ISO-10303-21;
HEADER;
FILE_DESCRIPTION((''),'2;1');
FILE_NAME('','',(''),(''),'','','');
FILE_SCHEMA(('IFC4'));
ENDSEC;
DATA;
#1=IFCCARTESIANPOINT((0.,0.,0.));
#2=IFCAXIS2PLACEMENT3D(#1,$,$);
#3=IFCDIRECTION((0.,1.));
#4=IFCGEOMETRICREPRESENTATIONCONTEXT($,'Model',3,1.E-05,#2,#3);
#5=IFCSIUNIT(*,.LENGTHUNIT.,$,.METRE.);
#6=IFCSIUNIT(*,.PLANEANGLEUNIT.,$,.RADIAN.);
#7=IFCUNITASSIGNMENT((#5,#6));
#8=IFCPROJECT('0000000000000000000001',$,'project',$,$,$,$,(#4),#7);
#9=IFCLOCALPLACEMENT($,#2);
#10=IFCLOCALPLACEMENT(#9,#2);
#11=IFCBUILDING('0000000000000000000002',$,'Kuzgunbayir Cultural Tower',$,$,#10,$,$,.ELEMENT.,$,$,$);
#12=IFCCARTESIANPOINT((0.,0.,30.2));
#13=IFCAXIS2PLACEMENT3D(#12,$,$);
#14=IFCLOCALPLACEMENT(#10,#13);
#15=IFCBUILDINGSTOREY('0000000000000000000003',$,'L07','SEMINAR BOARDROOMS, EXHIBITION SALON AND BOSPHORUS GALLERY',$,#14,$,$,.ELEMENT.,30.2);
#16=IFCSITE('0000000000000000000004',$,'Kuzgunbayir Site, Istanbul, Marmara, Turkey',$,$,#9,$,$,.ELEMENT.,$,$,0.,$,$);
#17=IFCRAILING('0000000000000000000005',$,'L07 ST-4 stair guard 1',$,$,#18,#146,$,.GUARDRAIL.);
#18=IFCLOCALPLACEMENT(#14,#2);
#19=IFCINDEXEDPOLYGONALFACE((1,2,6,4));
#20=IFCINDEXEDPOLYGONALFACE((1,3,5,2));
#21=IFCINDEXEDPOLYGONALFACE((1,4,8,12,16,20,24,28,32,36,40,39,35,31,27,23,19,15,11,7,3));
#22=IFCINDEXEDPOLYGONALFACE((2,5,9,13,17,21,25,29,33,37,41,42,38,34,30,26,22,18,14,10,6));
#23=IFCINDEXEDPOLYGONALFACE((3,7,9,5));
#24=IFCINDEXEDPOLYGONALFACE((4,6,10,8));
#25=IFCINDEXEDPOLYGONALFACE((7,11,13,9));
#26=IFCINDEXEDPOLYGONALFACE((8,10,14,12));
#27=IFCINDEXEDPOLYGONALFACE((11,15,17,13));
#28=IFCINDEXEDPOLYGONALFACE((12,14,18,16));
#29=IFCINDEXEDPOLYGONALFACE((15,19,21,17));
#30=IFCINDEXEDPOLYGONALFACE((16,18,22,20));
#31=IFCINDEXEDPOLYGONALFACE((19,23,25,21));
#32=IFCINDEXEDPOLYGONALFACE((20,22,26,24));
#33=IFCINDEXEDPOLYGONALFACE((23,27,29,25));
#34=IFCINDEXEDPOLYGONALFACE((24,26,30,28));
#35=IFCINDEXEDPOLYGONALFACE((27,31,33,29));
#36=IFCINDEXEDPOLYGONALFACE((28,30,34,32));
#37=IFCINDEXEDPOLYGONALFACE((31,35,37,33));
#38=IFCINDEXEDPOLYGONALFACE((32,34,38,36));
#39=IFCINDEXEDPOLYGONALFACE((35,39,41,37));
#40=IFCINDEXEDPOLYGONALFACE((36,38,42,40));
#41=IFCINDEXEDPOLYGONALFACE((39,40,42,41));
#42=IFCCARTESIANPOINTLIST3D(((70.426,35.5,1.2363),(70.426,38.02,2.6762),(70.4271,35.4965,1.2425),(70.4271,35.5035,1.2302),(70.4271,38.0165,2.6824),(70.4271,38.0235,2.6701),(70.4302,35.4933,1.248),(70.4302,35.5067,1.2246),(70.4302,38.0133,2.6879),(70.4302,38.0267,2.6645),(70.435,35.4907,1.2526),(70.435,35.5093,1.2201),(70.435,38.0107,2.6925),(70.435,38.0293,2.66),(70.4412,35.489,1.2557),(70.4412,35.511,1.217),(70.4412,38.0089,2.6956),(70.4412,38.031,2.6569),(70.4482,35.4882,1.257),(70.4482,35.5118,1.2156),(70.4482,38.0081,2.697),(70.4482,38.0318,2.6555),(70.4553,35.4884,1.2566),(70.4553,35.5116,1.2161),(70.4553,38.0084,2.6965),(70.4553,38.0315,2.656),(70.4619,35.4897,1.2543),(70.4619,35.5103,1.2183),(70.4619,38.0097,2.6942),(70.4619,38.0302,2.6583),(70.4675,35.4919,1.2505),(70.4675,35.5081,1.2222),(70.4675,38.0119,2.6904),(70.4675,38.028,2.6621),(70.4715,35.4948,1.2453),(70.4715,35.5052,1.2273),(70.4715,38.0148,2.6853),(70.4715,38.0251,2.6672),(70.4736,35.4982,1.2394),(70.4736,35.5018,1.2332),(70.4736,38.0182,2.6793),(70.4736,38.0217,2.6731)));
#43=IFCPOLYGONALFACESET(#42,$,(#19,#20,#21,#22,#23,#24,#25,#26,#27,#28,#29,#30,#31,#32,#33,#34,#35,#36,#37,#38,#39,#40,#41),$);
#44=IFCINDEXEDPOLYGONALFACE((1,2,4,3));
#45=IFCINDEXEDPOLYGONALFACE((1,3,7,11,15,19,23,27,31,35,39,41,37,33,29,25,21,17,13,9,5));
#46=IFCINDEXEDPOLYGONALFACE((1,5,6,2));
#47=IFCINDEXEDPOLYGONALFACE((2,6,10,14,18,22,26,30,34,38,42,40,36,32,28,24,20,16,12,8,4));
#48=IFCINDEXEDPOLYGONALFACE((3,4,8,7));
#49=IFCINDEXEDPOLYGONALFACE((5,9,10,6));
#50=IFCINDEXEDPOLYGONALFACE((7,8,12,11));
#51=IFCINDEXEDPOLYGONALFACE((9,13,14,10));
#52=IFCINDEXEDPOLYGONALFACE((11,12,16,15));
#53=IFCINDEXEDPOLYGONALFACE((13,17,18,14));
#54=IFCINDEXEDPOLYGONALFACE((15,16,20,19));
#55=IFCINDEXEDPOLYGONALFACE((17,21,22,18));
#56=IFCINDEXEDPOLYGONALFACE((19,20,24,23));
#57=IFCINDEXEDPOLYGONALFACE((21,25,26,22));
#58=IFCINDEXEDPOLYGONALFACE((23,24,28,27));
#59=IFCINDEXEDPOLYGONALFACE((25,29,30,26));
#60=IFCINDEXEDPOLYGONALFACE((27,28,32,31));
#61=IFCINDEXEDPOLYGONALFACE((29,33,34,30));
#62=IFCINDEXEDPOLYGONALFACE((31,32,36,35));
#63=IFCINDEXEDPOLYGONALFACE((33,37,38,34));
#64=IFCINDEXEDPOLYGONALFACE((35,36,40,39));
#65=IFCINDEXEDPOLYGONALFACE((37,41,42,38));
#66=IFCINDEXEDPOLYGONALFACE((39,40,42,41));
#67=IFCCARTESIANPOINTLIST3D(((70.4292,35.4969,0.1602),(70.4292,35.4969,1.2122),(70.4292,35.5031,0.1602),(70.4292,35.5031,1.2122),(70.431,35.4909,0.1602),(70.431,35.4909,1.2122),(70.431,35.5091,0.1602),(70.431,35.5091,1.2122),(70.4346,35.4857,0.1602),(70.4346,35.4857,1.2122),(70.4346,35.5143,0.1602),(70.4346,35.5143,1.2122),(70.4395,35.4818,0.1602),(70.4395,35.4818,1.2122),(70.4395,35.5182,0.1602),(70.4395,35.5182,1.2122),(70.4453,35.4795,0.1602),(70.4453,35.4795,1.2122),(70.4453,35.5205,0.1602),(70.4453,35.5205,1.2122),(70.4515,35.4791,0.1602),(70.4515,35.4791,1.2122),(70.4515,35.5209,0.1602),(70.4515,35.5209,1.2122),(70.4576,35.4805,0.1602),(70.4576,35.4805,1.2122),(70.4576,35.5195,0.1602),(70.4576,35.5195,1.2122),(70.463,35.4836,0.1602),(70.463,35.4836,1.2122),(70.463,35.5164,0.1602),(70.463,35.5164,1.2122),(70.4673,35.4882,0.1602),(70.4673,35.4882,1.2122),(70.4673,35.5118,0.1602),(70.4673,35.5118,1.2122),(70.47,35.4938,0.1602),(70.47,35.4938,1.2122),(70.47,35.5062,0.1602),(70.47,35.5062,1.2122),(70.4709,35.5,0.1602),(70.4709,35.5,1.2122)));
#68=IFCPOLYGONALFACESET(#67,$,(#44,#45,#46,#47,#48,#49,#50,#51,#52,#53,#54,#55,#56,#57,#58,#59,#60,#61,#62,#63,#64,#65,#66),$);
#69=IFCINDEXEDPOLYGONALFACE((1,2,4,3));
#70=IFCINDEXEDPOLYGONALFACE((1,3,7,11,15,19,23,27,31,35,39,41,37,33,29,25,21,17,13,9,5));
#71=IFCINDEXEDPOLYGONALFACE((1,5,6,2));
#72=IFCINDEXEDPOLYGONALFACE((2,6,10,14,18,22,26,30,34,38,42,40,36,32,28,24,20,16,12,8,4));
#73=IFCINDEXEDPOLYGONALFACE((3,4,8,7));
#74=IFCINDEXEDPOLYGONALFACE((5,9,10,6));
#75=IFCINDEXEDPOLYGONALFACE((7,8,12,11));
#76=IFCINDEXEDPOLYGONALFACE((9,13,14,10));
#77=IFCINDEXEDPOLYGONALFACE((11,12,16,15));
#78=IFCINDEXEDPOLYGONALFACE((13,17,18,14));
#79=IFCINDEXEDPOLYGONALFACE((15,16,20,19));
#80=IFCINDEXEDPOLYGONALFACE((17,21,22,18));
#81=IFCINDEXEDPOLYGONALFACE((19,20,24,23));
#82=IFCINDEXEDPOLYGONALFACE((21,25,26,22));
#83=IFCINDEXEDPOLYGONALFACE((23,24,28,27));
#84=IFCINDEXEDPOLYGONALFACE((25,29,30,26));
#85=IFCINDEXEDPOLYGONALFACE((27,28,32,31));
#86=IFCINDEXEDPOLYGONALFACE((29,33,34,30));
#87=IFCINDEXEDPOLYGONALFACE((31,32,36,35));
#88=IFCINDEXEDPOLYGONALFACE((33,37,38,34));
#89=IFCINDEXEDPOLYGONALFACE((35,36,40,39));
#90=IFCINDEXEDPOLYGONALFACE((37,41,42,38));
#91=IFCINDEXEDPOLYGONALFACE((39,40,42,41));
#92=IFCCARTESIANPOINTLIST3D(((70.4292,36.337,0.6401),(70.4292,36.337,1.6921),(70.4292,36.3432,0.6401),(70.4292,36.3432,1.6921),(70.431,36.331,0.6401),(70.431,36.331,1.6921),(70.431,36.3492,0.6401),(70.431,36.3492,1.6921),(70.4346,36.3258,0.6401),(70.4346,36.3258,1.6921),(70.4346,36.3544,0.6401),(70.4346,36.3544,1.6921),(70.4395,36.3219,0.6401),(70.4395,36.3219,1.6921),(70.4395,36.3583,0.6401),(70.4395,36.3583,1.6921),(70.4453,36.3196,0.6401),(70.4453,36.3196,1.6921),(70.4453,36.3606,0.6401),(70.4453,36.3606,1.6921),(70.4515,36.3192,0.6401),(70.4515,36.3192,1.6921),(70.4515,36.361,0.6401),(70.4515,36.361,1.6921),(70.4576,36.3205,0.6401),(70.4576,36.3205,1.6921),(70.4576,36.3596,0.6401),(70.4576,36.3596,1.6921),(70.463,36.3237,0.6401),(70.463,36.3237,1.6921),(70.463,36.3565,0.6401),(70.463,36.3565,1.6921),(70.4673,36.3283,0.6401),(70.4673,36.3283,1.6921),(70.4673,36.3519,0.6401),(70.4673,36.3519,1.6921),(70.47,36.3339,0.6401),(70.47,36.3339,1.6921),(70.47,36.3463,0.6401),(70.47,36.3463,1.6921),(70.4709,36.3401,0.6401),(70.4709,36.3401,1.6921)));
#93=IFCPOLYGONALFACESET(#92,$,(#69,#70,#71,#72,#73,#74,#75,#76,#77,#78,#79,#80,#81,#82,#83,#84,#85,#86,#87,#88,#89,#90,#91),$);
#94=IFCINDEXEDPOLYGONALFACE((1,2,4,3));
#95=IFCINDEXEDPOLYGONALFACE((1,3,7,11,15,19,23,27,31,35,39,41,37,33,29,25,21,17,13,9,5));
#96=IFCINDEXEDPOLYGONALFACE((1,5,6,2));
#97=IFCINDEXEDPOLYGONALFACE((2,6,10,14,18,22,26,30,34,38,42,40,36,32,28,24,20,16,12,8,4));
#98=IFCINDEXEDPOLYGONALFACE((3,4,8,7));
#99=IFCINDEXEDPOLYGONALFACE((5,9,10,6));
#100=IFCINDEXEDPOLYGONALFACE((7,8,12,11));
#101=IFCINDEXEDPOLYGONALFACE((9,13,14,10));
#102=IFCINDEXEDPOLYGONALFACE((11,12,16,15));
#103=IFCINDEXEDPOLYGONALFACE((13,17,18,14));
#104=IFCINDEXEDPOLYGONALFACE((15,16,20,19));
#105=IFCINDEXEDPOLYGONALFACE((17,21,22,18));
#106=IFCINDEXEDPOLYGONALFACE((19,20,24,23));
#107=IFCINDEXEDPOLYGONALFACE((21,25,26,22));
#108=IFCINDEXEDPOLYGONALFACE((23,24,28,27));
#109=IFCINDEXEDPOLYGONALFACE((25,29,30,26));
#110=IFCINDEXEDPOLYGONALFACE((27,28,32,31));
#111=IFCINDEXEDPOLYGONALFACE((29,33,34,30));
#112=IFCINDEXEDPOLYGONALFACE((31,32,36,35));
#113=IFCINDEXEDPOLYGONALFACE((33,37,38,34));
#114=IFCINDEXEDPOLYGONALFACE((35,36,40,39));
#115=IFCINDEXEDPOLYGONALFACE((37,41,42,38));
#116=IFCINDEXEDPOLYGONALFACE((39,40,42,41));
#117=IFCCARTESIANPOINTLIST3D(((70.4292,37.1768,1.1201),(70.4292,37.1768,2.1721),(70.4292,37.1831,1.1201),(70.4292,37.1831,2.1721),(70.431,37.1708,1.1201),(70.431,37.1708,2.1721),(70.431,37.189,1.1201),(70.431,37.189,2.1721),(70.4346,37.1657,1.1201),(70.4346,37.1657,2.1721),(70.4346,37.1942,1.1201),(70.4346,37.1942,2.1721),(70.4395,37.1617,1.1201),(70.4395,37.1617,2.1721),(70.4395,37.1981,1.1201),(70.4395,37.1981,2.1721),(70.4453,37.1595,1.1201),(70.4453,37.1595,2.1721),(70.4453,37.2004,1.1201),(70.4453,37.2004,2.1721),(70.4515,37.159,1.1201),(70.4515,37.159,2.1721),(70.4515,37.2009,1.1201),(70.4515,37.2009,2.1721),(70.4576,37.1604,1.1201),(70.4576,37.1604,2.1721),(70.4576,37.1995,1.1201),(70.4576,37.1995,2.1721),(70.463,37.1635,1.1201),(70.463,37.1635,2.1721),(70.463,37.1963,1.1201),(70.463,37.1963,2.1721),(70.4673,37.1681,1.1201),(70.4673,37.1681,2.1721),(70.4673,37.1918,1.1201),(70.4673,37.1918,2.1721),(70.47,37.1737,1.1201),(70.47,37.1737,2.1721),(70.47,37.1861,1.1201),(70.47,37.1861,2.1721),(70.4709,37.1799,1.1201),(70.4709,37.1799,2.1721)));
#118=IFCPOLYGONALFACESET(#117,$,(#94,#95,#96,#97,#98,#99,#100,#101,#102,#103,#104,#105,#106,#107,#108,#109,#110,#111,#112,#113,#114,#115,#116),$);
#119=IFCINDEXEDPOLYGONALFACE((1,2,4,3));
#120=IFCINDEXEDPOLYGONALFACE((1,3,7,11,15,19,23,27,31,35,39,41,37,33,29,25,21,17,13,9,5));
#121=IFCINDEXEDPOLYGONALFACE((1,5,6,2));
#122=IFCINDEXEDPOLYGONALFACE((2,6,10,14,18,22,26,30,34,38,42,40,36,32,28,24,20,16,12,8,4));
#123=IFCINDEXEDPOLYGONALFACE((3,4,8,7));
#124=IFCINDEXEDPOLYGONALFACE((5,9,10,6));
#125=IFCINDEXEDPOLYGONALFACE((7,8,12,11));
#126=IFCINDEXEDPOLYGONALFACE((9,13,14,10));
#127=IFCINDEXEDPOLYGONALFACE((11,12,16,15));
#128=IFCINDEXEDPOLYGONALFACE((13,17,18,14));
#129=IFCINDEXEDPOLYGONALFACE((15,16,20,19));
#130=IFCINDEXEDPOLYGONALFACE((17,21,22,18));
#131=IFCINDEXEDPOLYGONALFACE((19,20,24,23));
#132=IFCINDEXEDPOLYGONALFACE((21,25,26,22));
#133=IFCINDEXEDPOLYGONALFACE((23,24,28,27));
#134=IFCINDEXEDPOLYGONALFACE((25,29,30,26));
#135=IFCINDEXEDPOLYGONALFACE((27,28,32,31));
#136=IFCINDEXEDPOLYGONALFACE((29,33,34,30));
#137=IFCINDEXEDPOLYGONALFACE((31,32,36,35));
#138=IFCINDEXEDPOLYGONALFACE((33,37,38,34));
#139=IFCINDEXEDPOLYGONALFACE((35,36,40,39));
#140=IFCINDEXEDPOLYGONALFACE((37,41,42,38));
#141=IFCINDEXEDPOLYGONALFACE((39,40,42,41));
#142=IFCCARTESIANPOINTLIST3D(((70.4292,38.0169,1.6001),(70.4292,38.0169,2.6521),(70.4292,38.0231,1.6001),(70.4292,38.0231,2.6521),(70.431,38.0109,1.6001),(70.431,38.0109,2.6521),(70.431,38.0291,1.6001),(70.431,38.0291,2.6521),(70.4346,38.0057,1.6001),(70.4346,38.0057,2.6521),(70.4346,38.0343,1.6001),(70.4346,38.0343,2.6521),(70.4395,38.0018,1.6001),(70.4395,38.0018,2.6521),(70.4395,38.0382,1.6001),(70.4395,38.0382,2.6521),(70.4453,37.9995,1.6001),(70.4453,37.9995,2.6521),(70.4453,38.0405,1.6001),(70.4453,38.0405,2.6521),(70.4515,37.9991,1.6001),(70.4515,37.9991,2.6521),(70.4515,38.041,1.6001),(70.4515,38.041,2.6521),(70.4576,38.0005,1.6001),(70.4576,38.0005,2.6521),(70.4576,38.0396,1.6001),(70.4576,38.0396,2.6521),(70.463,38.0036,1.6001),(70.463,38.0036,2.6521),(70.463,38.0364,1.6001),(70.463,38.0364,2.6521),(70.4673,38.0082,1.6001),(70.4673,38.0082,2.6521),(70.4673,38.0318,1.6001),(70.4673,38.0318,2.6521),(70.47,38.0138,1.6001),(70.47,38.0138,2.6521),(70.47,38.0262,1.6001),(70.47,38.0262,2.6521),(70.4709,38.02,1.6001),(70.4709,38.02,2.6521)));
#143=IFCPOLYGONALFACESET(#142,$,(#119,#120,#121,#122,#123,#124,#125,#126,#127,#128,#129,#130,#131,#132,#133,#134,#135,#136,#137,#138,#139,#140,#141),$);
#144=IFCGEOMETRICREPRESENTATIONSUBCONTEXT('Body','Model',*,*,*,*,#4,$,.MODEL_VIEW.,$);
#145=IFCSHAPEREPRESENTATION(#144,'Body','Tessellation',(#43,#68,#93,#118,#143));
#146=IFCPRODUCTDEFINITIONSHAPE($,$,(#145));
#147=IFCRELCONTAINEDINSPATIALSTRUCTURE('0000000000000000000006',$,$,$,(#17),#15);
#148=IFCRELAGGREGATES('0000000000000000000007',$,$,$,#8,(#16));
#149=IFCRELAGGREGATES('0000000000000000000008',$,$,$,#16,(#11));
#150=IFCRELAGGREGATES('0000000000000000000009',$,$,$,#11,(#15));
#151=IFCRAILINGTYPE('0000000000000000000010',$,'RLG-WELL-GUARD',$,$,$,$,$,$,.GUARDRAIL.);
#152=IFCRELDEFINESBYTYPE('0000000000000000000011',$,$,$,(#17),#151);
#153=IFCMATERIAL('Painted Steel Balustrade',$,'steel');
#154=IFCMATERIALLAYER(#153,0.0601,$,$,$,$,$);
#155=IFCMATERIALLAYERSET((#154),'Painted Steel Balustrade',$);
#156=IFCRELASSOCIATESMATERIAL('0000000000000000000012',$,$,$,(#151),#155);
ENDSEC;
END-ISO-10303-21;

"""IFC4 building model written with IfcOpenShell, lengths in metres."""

from ifc_helpers import new_model, si_unit, direction, frame, origin, origin_2d, place, context, subcontext, project, spatial, circle, extrude, material, layer, layer_set, type_object, element, save


model = new_model("IFC4")

# Units and contexts
model_context = context("Model", 3, precision=1e-05, world=origin(), true_north=direction((0.0, 1.0)))
body_context = subcontext(model_context, "Body", "Model", "MODEL_VIEW")
ifc_project = project(units=[si_unit("LENGTHUNIT", "METRE"), si_unit("PLANEANGLEUNIT", "RADIAN")], contexts=[model_context])

# Site, building, storey
site_placement = place(None, origin())
site = spatial("IfcSite", under=ifc_project, at=site_placement, Name="Kuzgunbayir Site, Istanbul, Marmara, Turkey", CompositionType="ELEMENT", RefElevation=0.0)
building_placement = place(site_placement, origin())
building = spatial("IfcBuilding", under=site, at=building_placement, Name="Kuzgunbayir Cultural Tower", CompositionType="ELEMENT")
storey_placement = place(building_placement, frame((0.0, 0.0, 30.2)))
storey = spatial("IfcBuildingStorey", under=building, at=storey_placement, Name="L07", Description="SEMINAR BOARDROOMS, EXHIBITION SALON AND BOSPHORUS GALLERY", CompositionType="ELEMENT", Elevation=30.2)

# Railing
ifc_material_1 = material(Name="Painted Steel Balustrade", Category="steel")
ifc_layer_1 = layer(ifc_material_1, 0.0601)
ifc_layer_set_1 = layer_set([ifc_layer_1], Name="Painted Steel Balustrade")
railing_type_1 = type_object("IfcRailingType", Name="RLG-WELL-GUARD", PredefinedType="GUARDRAIL", material=ifc_layer_set_1)
railing_1_placement = place(storey_placement, frame((70.45, 35.5, 0.1602)))
element("IfcRailing", 1, at=railing_1_placement, inside=storey, type_object=railing_type_1, Name="L07 ST-4 stair guard 1", PredefinedType="GUARDRAIL", context=body_context, shape_type="SweptSolid", body=[
    extrude(circle(Radius=0.0239, at=origin_2d()), frame((0.0, 0.0, 1.0762), z_axis=(0.0, 0.868253, 0.496121), x_axis=(-1.0, 0.0, 0.0)), (0.0, 0.0, 1.0), 2.9023),
    extrude(circle(Radius=0.021, at=origin_2d()), origin(), (0.0, 0.0, 1.0), 1.052),
    extrude(circle(Radius=0.021, at=origin_2d()), frame((0.0, 0.8401, 0.48)), (0.0, 0.0, 1.0), 1.052),
    extrude(circle(Radius=0.021, at=origin_2d()), frame((0.0, 1.6799, 0.96)), (0.0, 0.0, 1.0), 1.052),
    extrude(circle(Radius=0.021, at=origin_2d()), frame((0.0, 2.52, 1.4399)), (0.0, 0.0, 1.0), 1.052),
])

save(model, "model.ifc")
